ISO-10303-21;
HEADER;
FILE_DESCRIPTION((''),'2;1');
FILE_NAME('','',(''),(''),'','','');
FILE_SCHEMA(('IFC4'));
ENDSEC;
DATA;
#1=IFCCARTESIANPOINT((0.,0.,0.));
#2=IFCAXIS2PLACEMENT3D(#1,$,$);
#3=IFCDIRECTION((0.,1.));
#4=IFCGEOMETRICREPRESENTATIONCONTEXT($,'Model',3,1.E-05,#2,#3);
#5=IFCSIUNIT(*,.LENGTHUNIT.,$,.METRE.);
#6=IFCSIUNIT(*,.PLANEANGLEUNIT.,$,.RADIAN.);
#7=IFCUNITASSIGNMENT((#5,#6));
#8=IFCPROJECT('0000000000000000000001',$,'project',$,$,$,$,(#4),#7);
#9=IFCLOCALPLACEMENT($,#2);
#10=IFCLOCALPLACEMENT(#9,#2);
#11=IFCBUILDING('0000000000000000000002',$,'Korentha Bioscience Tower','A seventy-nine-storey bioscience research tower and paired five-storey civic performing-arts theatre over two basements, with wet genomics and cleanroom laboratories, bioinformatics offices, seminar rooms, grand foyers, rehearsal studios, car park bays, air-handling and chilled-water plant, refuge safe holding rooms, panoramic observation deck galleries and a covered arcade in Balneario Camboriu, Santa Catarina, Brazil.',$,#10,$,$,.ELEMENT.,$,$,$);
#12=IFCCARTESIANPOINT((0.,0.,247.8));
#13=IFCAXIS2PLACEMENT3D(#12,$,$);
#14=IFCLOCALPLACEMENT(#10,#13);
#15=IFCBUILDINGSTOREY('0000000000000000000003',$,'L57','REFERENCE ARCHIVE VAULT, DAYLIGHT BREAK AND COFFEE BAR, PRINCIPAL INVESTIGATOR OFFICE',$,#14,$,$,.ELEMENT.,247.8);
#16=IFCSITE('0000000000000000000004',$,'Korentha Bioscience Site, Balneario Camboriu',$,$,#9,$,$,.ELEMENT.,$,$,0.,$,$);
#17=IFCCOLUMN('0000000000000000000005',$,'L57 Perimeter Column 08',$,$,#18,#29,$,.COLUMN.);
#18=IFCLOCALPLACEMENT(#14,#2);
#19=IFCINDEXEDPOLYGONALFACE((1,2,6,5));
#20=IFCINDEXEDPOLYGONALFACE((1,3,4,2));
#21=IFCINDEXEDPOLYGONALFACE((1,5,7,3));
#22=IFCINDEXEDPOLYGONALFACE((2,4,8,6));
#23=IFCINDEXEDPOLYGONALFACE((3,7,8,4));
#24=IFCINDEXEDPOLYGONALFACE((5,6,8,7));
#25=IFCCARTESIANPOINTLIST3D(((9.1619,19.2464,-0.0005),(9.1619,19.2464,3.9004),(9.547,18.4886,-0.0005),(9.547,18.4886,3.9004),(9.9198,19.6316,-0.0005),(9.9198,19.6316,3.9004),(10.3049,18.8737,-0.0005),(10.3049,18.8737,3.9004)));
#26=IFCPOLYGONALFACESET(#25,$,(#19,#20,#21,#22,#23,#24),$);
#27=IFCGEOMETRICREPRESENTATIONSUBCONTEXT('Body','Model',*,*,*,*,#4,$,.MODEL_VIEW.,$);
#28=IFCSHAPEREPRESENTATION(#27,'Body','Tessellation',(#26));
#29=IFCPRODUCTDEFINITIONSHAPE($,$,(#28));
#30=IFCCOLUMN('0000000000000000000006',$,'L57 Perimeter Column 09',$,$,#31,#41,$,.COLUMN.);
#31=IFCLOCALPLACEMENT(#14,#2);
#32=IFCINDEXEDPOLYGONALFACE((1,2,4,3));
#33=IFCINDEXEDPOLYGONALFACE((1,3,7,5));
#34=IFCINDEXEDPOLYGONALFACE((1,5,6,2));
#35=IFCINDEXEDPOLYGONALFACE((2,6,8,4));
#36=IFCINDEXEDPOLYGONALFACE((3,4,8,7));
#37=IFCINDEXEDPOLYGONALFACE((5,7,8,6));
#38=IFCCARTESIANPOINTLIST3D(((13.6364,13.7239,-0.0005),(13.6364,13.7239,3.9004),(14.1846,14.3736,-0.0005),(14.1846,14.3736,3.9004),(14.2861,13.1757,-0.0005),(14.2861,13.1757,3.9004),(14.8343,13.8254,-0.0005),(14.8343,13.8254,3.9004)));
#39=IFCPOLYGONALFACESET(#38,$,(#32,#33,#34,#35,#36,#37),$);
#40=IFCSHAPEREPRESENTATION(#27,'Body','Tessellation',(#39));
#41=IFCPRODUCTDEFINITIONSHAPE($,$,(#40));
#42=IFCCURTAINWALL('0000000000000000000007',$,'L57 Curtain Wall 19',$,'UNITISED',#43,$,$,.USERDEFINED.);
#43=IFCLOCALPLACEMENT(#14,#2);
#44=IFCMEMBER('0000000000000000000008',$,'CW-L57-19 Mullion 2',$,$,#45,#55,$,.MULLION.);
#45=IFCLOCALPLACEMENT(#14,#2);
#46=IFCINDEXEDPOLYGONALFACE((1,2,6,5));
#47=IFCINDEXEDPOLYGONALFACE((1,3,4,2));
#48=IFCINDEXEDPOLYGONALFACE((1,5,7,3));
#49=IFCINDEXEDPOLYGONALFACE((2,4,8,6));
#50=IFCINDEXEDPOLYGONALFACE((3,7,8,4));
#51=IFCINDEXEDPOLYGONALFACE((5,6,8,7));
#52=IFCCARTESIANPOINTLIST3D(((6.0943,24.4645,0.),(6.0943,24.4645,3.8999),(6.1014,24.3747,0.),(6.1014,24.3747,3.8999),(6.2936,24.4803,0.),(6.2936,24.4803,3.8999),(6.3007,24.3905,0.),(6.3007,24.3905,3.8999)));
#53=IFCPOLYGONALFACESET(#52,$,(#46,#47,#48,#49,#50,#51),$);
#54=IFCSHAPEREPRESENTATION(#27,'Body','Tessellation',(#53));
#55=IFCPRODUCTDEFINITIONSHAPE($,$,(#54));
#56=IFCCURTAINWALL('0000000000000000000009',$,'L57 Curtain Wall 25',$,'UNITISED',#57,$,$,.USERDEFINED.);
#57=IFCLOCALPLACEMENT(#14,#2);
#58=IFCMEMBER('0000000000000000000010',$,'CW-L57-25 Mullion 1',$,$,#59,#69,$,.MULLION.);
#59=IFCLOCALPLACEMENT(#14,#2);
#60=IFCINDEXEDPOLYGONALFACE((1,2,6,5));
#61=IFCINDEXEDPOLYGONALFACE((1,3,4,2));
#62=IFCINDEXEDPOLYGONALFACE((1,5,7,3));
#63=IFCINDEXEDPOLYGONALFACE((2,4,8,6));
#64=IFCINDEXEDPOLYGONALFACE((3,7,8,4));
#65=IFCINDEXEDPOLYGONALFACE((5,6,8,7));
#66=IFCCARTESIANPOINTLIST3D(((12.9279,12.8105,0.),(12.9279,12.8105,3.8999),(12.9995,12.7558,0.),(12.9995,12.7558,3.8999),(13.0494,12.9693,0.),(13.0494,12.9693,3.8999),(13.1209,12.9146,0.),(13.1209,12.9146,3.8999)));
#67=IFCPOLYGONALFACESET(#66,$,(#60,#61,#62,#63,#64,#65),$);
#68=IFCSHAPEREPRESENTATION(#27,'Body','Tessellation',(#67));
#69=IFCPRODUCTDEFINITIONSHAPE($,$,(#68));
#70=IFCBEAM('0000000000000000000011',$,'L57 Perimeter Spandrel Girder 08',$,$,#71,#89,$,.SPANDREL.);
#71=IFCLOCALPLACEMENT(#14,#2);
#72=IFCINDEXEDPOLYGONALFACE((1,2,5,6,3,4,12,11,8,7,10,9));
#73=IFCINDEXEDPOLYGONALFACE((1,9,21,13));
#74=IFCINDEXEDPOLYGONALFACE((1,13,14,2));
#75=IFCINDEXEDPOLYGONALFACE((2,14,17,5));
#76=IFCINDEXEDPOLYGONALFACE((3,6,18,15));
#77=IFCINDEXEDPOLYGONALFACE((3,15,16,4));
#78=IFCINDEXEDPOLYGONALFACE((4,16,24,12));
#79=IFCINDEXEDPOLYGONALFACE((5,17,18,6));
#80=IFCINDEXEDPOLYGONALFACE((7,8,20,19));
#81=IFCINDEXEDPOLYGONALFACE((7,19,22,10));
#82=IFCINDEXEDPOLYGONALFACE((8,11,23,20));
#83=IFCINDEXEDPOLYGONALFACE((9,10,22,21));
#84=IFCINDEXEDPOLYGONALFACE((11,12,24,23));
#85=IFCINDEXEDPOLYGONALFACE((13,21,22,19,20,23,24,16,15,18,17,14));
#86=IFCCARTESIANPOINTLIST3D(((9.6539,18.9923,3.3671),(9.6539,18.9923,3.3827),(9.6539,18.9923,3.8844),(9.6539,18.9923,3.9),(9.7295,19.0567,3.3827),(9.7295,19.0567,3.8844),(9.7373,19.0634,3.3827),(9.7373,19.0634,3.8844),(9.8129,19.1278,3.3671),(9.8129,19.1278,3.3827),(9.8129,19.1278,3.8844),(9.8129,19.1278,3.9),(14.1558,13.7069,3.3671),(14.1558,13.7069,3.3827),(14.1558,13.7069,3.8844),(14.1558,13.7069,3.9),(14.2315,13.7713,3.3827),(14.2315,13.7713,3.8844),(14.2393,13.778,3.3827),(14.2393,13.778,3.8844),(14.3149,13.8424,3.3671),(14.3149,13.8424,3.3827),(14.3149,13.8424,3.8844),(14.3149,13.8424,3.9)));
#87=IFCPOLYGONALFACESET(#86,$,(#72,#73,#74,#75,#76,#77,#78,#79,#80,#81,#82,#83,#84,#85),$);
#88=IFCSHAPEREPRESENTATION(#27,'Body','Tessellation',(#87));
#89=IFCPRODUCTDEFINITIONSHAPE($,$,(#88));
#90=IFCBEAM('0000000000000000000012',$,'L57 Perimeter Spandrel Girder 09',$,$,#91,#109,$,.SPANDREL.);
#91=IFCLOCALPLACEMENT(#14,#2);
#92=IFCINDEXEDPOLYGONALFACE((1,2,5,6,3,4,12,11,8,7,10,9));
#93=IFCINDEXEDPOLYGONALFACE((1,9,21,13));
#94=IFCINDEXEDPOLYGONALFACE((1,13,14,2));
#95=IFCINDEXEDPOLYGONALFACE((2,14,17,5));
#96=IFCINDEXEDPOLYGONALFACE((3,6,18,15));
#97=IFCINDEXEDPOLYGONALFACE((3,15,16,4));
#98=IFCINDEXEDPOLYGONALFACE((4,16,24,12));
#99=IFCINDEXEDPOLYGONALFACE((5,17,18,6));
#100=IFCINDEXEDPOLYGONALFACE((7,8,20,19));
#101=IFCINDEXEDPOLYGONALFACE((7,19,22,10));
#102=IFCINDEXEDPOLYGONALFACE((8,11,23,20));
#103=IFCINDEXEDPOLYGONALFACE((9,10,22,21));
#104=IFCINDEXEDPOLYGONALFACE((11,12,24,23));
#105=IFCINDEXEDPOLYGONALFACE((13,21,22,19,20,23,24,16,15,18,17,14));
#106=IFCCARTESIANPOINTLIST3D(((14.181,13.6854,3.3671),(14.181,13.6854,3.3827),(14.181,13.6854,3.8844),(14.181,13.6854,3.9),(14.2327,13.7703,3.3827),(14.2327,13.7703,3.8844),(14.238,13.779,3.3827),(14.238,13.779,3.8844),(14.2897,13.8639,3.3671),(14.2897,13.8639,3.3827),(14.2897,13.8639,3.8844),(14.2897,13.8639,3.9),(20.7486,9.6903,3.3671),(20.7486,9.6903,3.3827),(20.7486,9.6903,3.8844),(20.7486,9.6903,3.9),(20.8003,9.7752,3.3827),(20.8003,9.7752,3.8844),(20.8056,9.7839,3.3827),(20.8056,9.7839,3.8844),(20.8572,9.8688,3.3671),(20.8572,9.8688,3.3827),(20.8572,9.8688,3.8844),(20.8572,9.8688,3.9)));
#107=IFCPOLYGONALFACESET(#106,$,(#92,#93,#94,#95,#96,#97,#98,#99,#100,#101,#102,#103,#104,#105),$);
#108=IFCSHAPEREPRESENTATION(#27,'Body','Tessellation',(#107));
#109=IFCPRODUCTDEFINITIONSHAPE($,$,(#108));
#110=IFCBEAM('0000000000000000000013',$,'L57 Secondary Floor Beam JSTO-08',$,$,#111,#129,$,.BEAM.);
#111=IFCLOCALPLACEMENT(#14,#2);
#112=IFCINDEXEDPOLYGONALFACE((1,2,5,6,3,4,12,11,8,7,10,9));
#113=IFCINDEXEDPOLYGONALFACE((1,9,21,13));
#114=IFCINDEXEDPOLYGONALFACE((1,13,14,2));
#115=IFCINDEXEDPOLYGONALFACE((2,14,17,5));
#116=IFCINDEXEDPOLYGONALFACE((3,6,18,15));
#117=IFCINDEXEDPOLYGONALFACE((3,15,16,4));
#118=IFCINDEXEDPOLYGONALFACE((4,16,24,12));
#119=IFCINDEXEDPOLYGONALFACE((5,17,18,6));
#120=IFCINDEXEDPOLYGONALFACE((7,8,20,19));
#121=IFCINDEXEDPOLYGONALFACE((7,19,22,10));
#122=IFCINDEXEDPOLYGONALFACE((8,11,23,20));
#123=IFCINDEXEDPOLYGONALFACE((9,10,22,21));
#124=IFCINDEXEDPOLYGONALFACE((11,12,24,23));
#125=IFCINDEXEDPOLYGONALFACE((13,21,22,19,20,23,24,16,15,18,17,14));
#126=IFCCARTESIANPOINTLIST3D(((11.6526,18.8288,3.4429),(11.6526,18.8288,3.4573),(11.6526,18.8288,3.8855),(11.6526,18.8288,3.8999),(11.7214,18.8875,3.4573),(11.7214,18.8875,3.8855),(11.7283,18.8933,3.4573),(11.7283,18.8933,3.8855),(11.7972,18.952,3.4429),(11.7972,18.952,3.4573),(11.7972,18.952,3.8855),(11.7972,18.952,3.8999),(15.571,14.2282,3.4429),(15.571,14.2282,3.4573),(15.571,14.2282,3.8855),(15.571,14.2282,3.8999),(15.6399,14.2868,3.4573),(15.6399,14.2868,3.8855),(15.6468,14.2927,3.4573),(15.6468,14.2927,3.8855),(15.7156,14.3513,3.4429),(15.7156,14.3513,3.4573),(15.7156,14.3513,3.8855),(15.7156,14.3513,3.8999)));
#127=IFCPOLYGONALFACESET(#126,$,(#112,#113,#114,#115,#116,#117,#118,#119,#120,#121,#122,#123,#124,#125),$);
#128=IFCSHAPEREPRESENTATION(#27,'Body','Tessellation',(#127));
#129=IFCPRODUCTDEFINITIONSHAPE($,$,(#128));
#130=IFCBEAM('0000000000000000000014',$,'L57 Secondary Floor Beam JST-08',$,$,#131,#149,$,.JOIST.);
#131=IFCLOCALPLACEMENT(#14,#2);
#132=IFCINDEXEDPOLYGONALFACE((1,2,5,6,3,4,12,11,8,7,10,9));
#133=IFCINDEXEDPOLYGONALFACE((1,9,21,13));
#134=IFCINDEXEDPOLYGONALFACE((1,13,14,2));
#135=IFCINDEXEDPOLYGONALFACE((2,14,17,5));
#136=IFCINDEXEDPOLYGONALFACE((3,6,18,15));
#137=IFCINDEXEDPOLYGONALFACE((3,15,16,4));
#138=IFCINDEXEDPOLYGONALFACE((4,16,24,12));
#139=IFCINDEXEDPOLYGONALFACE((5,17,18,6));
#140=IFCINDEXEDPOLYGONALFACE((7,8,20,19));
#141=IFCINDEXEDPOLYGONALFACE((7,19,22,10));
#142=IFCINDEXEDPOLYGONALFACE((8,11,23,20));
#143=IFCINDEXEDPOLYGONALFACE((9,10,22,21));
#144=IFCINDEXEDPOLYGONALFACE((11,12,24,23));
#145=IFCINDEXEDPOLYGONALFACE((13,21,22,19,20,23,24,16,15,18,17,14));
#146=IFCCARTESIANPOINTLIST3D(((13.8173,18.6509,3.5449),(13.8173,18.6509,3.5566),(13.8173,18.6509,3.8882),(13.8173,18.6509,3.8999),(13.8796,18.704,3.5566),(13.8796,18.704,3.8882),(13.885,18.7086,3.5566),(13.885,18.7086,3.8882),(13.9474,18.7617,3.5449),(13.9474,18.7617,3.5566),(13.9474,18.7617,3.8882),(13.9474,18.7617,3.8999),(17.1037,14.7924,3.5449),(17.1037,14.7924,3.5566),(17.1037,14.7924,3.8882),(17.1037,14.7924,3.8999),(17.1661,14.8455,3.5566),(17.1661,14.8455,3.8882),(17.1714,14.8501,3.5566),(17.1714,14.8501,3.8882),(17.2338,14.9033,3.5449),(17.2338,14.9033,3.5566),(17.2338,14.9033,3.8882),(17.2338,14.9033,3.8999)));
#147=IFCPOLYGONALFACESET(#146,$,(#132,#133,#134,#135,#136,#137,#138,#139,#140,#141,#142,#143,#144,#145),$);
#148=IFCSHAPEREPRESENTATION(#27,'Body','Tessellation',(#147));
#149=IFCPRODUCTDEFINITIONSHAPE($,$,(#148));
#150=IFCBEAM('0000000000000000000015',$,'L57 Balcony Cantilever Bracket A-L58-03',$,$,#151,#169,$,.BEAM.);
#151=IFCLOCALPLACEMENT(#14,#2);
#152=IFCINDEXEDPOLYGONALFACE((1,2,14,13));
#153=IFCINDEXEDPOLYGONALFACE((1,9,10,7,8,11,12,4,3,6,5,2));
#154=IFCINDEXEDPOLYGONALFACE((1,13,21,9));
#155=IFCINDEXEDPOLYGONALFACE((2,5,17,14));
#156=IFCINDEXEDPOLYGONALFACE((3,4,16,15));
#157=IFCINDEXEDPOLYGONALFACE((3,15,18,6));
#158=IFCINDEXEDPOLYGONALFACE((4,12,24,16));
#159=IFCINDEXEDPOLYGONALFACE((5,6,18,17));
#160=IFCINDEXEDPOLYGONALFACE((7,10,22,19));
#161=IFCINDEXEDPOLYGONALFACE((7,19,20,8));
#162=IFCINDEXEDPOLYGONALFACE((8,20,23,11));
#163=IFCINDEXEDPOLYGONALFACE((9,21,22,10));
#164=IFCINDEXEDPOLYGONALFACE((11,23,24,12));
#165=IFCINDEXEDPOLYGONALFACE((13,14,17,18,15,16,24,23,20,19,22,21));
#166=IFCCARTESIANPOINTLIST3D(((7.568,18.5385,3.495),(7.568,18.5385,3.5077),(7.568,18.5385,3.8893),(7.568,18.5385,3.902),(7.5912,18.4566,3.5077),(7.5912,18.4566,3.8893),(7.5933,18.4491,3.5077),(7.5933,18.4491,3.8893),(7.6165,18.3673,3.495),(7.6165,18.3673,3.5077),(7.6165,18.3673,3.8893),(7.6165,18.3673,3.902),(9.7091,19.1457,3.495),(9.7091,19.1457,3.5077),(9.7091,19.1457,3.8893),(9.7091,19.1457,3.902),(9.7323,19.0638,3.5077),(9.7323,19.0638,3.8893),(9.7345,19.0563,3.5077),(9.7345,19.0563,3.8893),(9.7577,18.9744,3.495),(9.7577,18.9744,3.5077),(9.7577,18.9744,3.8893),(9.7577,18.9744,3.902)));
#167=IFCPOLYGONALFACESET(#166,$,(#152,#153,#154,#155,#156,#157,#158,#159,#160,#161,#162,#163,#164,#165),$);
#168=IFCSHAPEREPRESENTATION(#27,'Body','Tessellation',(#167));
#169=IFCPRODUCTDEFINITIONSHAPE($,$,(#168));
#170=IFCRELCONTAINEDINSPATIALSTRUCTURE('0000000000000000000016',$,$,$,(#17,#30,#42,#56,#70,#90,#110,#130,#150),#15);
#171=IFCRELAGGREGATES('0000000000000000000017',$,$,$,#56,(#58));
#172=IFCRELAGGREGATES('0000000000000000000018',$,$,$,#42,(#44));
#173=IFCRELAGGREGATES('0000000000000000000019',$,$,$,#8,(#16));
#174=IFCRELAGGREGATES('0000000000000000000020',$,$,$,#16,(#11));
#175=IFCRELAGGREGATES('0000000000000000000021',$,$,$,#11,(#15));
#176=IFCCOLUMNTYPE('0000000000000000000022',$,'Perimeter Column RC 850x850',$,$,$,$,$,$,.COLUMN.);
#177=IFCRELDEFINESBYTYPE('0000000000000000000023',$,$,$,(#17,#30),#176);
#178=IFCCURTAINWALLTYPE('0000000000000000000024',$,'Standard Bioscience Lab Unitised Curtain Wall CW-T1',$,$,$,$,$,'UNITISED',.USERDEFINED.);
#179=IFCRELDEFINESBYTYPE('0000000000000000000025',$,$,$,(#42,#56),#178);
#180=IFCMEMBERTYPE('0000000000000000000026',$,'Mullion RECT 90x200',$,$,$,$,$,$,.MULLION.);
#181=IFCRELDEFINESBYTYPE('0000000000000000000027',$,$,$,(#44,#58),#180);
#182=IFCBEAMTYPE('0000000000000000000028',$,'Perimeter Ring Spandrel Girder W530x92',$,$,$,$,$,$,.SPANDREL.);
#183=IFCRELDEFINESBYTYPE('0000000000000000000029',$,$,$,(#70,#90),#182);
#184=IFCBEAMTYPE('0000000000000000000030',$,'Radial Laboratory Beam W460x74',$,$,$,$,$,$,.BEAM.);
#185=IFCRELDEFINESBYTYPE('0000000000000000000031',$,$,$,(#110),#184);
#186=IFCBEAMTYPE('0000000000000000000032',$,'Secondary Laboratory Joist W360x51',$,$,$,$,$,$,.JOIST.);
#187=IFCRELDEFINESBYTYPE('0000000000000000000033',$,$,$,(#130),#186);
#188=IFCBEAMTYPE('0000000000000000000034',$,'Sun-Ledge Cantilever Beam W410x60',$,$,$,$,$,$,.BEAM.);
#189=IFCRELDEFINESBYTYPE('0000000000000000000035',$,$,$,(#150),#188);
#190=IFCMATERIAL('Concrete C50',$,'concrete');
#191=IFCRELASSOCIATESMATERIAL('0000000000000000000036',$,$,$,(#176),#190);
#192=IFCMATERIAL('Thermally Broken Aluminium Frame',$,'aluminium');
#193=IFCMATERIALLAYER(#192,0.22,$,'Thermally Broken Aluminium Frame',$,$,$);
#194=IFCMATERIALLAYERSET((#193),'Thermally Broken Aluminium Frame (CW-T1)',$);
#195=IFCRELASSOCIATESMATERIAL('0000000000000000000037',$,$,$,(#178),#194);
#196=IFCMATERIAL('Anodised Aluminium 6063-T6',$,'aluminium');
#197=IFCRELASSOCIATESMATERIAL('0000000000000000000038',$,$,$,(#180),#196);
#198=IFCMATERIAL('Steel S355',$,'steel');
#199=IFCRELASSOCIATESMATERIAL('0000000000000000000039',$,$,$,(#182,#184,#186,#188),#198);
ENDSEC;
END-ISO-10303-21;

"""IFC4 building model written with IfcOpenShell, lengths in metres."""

from ifc_helpers import new_model, si_unit, direction, frame, origin, origin_2d, place, context, subcontext, project, spatial, rectangle, i_section, extrude, material, layer, layer_set, material_profile, profile_set, type_object, element, aggregate, save


model = new_model("IFC4")

# Units and contexts
model_context = context("Model", 3, precision=1e-05, world=origin(), true_north=direction((0.0, 1.0)))
body_context = subcontext(model_context, "Body", "Model", "MODEL_VIEW")
ifc_project = project(units=[si_unit("LENGTHUNIT", "METRE"), si_unit("PLANEANGLEUNIT", "RADIAN")], contexts=[model_context])

# Site, building, storey
site_placement = place(None, origin())
site = spatial("IfcSite", under=ifc_project, at=site_placement, Name="Korentha Bioscience Site, Balneario Camboriu", CompositionType="ELEMENT", RefElevation=0.0)
building_placement = place(site_placement, origin())
building = spatial("IfcBuilding", under=site, at=building_placement, Name="Korentha Bioscience Tower", Description="A seventy-nine-storey bioscience research tower and paired five-storey civic performing-arts theatre over two basements, with wet genomics and cleanroom laboratories, bioinformatics offices, seminar rooms, grand foyers, rehearsal studios, car park bays, air-handling and chilled-water plant, refuge safe holding rooms, panoramic observation deck galleries and a covered arcade in Balneario Camboriu, Santa Catarina, Brazil.", CompositionType="ELEMENT")
storey_placement = place(building_placement, frame((0.0, 0.0, 247.8)))
storey = spatial("IfcBuildingStorey", under=building, at=storey_placement, Name="L57", Description="REFERENCE ARCHIVE VAULT, DAYLIGHT BREAK AND COFFEE BAR, PRINCIPAL INVESTIGATOR OFFICE", CompositionType="ELEMENT", Elevation=247.8)

# Columns
ifc_material_1 = material(Name="Concrete C50", Category="concrete")
ifc_material_profile_1 = material_profile(ifc_material_1, rectangle(XDim=0.8501, YDim=0.8501, at=origin_2d()), Name="Concrete C50")
ifc_profile_set_1 = profile_set([ifc_material_profile_1], Name="Concrete C50 (COL-P08)")
column_type = type_object("IfcColumnType", Name="Perimeter Column RC 850x850", PredefinedType="COLUMN", material=ifc_profile_set_1)
for number, where, z_axis, x_axis, name in (
    (1, (9.7334, 19.0601, -0.0005), (0.0, 0.0, 1.0), (-0.453057, 0.891481, 0.0), "L57 Perimeter Column 08"),
    (2, (14.2354, 13.7747, -0.0005), (0.0, 0.0, 1.0), (-0.764246, 0.644924, 0.0), "L57 Perimeter Column 09"),
):
    element("IfcColumn", number, at=place(storey_placement, frame(where, z_axis=z_axis, x_axis=x_axis)), inside=storey, type_object=column_type, Name=name, PredefinedType="COLUMN", context=body_context, shape_type="SweptSolid", body=[
        extrude(rectangle(XDim=0.8501, YDim=0.8501, at=origin_2d()), origin(), (0.0, 0.0, 1.0), 3.9009),
    ])

# Curtain walls, members
ifc_material_2 = material(Name="Thermally Broken Aluminium Frame", Category="aluminium")
ifc_layer_1 = layer(ifc_material_2, 0.22, Name="Thermally Broken Aluminium Frame")
ifc_layer_set_1 = layer_set([ifc_layer_1], Name="Thermally Broken Aluminium Frame (CW-T1)")
curtain_wall_type = type_object("IfcCurtainWallType", Name="Standard Bioscience Lab Unitised Curtain Wall CW-T1", ElementType="UNITISED", PredefinedType="USERDEFINED", material=ifc_layer_set_1)
curtain_wall_1_placement = place(storey_placement, origin())
curtain_wall_1 = element("IfcCurtainWall", 3, at=curtain_wall_1_placement, inside=storey, type_object=curtain_wall_type, Name="L57 Curtain Wall 19", ObjectType="UNITISED", PredefinedType="USERDEFINED")
ifc_material_3 = material(Name="Anodised Aluminium 6063-T6", Category="aluminium")
ifc_material_profile_2 = material_profile(ifc_material_3, rectangle(XDim=0.0901, YDim=0.2, at=origin_2d()), Name="Anodised Aluminium 6063-T6")
ifc_profile_set_2 = profile_set([ifc_material_profile_2], Name="Anodised Aluminium 6063-T6 (CW-MUL)")
member_type_1 = type_object("IfcMemberType", Name="Mullion RECT 90x200", PredefinedType="MULLION", material=ifc_profile_set_2)
member_1_placement = place(storey_placement, frame((6.1975, 24.4275, 0.0), z_axis=(0.0, 0.0, 1.0), x_axis=(0.079117, -0.996865, 0.0)))
member_1 = element("IfcMember", 4, at=member_1_placement, type_object=member_type_1, Name="CW-L57-19 Mullion 2", PredefinedType="MULLION", context=body_context, shape_type="SweptSolid", body=[
    extrude(rectangle(XDim=0.0901, YDim=0.2, at=origin_2d()), origin(), (0.0, 0.0, 1.0), 3.8999),
])
curtain_wall_2_placement = place(storey_placement, origin())
curtain_wall_2 = element("IfcCurtainWall", 5, at=curtain_wall_2_placement, inside=storey, type_object=curtain_wall_type, Name="L57 Curtain Wall 25", ObjectType="UNITISED", PredefinedType="USERDEFINED")
member_2_placement = place(storey_placement, frame((13.0244, 12.8625, 0.0), z_axis=(0.0, 0.0, 1.0), x_axis=(0.794382, -0.607418, 0.0)))
member_2 = element("IfcMember", 6, at=member_2_placement, type_object=member_type_1, Name="CW-L57-25 Mullion 1", PredefinedType="MULLION", context=body_context, shape_type="SweptSolid", body=[
    extrude(rectangle(XDim=0.0901, YDim=0.2, at=origin_2d()), origin(), (0.0, 0.0, 1.0), 3.8999),
])

# Beams
ifc_material_4 = material(Name="Steel S355", Category="steel")
ifc_material_profile_3 = material_profile(ifc_material_4, i_section(OverallWidth=0.209, OverallDepth=0.533, WebThickness=0.0103, FlangeThickness=0.0156, at=origin_2d()), Name="Steel S355")
ifc_profile_set_3 = profile_set([ifc_material_profile_3], Name="Steel S355 (SB-530)")
beam_type_1 = type_object("IfcBeamType", Name="Perimeter Ring Spandrel Girder W530x92", PredefinedType="SPANDREL", material=ifc_profile_set_3)
beam_1_placement = place(storey_placement, frame((9.7334, 19.0601, 3.6335), z_axis=(0.648431, -0.761273, 0.0), x_axis=(0.761273, 0.648431, 0.0)))
element("IfcBeam", 7, at=beam_1_placement, inside=storey, type_object=beam_type_1, Name="L57 Perimeter Spandrel Girder 08", PredefinedType="SPANDREL", context=body_context, shape_type="SweptSolid", body=[
    extrude(i_section(OverallWidth=0.209, OverallDepth=0.533, WebThickness=0.0103, FlangeThickness=0.0156, at=origin_2d()), origin(), (0.0, 0.0, 1.0), 6.9429),
])
beam_2_placement = place(storey_placement, frame((14.2354, 13.7747, 3.6335), z_axis=(0.854347, -0.519703, 0.0), x_axis=(0.519703, 0.854347, 0.0)))
element("IfcBeam", 8, at=beam_2_placement, inside=storey, type_object=beam_type_1, Name="L57 Perimeter Spandrel Girder 09", PredefinedType="SPANDREL", context=body_context, shape_type="SweptSolid", body=[
    extrude(i_section(OverallWidth=0.209, OverallDepth=0.533, WebThickness=0.0103, FlangeThickness=0.0156, at=origin_2d()), origin(), (0.0, 0.0, 1.0), 7.6873),
])
ifc_material_profile_4 = material_profile(ifc_material_4, i_section(OverallWidth=0.1899, OverallDepth=0.457, WebThickness=0.009, FlangeThickness=0.0144, at=origin_2d()), Name="Steel S355")
ifc_profile_set_4 = profile_set([ifc_material_profile_4], Name="Steel S355 (RB-460)")
beam_type_2 = type_object("IfcBeamType", Name="Radial Laboratory Beam W460x74", PredefinedType="BEAM", material=ifc_profile_set_4)
beam_3_placement = place(storey_placement, frame((11.7249, 18.8904, 3.6714), z_axis=(0.648413, -0.761289, 0.0), x_axis=(0.761289, 0.648413, 0.0)))
element("IfcBeam", 9, at=beam_3_placement, inside=storey, type_object=beam_type_2, Name="L57 Secondary Floor Beam JSTO-08", PredefinedType="BEAM", context=body_context, shape_type="SweptSolid", body=[
    extrude(i_section(OverallWidth=0.1899, OverallDepth=0.457, WebThickness=0.009, FlangeThickness=0.0144, at=origin_2d()), origin(), (0.0, 0.0, 1.0), 6.0432),
])
ifc_material_profile_5 = material_profile(ifc_material_4, i_section(OverallWidth=0.1709, OverallDepth=0.355, WebThickness=0.0071, FlangeThickness=0.0117, at=origin_2d()), Name="Steel S355")
ifc_profile_set_5 = profile_set([ifc_material_profile_5], Name="Steel S355 (JB-360)")
beam_type_3 = type_object("IfcBeamType", Name="Secondary Laboratory Joist W360x51", PredefinedType="JOIST", material=ifc_profile_set_5)
beam_4_placement = place(storey_placement, frame((13.8823, 18.7063, 3.7224), z_axis=(0.64842, -0.761283, 0.0), x_axis=(0.761283, 0.64842, 0.0)))
element("IfcBeam", 10, at=beam_4_placement, inside=storey, type_object=beam_type_3, Name="L57 Secondary Floor Beam JST-08", PredefinedType="JOIST", context=body_context, shape_type="SweptSolid", body=[
    extrude(i_section(OverallWidth=0.1709, OverallDepth=0.355, WebThickness=0.0071, FlangeThickness=0.0117, at=origin_2d()), origin(), (0.0, 0.0, 1.0), 5.0684),
])
ifc_material_profile_6 = material_profile(ifc_material_4, i_section(OverallWidth=0.178, OverallDepth=0.407, WebThickness=0.0078, FlangeThickness=0.0127, at=origin_2d()), Name="Steel S355")
ifc_profile_set_6 = profile_set([ifc_material_profile_6], Name="Steel S355 (CB-410)")
beam_type_4 = type_object("IfcBeamType", Name="Sun-Ledge Cantilever Beam W410x60", PredefinedType="BEAM", material=ifc_profile_set_6)
beam_5_placement = place(storey_placement, frame((9.7334, 19.0601, 3.6985), z_axis=(-0.962064, -0.272823, 0.0), x_axis=(0.272823, -0.962064, 0.0)))
element("IfcBeam", 11, at=beam_5_placement, inside=storey, type_object=beam_type_4, Name="L57 Balcony Cantilever Bracket A-L58-03", PredefinedType="BEAM", context=body_context, shape_type="SweptSolid", body=[
    extrude(i_section(OverallWidth=0.178, OverallDepth=0.407, WebThickness=0.0078, FlangeThickness=0.0127, at=origin_2d()), origin(), (0.0, 0.0, 1.0), 2.2256),
])

aggregate(curtain_wall_2, [member_2])

aggregate(curtain_wall_1, [member_1])

save(model, "model.ifc")
